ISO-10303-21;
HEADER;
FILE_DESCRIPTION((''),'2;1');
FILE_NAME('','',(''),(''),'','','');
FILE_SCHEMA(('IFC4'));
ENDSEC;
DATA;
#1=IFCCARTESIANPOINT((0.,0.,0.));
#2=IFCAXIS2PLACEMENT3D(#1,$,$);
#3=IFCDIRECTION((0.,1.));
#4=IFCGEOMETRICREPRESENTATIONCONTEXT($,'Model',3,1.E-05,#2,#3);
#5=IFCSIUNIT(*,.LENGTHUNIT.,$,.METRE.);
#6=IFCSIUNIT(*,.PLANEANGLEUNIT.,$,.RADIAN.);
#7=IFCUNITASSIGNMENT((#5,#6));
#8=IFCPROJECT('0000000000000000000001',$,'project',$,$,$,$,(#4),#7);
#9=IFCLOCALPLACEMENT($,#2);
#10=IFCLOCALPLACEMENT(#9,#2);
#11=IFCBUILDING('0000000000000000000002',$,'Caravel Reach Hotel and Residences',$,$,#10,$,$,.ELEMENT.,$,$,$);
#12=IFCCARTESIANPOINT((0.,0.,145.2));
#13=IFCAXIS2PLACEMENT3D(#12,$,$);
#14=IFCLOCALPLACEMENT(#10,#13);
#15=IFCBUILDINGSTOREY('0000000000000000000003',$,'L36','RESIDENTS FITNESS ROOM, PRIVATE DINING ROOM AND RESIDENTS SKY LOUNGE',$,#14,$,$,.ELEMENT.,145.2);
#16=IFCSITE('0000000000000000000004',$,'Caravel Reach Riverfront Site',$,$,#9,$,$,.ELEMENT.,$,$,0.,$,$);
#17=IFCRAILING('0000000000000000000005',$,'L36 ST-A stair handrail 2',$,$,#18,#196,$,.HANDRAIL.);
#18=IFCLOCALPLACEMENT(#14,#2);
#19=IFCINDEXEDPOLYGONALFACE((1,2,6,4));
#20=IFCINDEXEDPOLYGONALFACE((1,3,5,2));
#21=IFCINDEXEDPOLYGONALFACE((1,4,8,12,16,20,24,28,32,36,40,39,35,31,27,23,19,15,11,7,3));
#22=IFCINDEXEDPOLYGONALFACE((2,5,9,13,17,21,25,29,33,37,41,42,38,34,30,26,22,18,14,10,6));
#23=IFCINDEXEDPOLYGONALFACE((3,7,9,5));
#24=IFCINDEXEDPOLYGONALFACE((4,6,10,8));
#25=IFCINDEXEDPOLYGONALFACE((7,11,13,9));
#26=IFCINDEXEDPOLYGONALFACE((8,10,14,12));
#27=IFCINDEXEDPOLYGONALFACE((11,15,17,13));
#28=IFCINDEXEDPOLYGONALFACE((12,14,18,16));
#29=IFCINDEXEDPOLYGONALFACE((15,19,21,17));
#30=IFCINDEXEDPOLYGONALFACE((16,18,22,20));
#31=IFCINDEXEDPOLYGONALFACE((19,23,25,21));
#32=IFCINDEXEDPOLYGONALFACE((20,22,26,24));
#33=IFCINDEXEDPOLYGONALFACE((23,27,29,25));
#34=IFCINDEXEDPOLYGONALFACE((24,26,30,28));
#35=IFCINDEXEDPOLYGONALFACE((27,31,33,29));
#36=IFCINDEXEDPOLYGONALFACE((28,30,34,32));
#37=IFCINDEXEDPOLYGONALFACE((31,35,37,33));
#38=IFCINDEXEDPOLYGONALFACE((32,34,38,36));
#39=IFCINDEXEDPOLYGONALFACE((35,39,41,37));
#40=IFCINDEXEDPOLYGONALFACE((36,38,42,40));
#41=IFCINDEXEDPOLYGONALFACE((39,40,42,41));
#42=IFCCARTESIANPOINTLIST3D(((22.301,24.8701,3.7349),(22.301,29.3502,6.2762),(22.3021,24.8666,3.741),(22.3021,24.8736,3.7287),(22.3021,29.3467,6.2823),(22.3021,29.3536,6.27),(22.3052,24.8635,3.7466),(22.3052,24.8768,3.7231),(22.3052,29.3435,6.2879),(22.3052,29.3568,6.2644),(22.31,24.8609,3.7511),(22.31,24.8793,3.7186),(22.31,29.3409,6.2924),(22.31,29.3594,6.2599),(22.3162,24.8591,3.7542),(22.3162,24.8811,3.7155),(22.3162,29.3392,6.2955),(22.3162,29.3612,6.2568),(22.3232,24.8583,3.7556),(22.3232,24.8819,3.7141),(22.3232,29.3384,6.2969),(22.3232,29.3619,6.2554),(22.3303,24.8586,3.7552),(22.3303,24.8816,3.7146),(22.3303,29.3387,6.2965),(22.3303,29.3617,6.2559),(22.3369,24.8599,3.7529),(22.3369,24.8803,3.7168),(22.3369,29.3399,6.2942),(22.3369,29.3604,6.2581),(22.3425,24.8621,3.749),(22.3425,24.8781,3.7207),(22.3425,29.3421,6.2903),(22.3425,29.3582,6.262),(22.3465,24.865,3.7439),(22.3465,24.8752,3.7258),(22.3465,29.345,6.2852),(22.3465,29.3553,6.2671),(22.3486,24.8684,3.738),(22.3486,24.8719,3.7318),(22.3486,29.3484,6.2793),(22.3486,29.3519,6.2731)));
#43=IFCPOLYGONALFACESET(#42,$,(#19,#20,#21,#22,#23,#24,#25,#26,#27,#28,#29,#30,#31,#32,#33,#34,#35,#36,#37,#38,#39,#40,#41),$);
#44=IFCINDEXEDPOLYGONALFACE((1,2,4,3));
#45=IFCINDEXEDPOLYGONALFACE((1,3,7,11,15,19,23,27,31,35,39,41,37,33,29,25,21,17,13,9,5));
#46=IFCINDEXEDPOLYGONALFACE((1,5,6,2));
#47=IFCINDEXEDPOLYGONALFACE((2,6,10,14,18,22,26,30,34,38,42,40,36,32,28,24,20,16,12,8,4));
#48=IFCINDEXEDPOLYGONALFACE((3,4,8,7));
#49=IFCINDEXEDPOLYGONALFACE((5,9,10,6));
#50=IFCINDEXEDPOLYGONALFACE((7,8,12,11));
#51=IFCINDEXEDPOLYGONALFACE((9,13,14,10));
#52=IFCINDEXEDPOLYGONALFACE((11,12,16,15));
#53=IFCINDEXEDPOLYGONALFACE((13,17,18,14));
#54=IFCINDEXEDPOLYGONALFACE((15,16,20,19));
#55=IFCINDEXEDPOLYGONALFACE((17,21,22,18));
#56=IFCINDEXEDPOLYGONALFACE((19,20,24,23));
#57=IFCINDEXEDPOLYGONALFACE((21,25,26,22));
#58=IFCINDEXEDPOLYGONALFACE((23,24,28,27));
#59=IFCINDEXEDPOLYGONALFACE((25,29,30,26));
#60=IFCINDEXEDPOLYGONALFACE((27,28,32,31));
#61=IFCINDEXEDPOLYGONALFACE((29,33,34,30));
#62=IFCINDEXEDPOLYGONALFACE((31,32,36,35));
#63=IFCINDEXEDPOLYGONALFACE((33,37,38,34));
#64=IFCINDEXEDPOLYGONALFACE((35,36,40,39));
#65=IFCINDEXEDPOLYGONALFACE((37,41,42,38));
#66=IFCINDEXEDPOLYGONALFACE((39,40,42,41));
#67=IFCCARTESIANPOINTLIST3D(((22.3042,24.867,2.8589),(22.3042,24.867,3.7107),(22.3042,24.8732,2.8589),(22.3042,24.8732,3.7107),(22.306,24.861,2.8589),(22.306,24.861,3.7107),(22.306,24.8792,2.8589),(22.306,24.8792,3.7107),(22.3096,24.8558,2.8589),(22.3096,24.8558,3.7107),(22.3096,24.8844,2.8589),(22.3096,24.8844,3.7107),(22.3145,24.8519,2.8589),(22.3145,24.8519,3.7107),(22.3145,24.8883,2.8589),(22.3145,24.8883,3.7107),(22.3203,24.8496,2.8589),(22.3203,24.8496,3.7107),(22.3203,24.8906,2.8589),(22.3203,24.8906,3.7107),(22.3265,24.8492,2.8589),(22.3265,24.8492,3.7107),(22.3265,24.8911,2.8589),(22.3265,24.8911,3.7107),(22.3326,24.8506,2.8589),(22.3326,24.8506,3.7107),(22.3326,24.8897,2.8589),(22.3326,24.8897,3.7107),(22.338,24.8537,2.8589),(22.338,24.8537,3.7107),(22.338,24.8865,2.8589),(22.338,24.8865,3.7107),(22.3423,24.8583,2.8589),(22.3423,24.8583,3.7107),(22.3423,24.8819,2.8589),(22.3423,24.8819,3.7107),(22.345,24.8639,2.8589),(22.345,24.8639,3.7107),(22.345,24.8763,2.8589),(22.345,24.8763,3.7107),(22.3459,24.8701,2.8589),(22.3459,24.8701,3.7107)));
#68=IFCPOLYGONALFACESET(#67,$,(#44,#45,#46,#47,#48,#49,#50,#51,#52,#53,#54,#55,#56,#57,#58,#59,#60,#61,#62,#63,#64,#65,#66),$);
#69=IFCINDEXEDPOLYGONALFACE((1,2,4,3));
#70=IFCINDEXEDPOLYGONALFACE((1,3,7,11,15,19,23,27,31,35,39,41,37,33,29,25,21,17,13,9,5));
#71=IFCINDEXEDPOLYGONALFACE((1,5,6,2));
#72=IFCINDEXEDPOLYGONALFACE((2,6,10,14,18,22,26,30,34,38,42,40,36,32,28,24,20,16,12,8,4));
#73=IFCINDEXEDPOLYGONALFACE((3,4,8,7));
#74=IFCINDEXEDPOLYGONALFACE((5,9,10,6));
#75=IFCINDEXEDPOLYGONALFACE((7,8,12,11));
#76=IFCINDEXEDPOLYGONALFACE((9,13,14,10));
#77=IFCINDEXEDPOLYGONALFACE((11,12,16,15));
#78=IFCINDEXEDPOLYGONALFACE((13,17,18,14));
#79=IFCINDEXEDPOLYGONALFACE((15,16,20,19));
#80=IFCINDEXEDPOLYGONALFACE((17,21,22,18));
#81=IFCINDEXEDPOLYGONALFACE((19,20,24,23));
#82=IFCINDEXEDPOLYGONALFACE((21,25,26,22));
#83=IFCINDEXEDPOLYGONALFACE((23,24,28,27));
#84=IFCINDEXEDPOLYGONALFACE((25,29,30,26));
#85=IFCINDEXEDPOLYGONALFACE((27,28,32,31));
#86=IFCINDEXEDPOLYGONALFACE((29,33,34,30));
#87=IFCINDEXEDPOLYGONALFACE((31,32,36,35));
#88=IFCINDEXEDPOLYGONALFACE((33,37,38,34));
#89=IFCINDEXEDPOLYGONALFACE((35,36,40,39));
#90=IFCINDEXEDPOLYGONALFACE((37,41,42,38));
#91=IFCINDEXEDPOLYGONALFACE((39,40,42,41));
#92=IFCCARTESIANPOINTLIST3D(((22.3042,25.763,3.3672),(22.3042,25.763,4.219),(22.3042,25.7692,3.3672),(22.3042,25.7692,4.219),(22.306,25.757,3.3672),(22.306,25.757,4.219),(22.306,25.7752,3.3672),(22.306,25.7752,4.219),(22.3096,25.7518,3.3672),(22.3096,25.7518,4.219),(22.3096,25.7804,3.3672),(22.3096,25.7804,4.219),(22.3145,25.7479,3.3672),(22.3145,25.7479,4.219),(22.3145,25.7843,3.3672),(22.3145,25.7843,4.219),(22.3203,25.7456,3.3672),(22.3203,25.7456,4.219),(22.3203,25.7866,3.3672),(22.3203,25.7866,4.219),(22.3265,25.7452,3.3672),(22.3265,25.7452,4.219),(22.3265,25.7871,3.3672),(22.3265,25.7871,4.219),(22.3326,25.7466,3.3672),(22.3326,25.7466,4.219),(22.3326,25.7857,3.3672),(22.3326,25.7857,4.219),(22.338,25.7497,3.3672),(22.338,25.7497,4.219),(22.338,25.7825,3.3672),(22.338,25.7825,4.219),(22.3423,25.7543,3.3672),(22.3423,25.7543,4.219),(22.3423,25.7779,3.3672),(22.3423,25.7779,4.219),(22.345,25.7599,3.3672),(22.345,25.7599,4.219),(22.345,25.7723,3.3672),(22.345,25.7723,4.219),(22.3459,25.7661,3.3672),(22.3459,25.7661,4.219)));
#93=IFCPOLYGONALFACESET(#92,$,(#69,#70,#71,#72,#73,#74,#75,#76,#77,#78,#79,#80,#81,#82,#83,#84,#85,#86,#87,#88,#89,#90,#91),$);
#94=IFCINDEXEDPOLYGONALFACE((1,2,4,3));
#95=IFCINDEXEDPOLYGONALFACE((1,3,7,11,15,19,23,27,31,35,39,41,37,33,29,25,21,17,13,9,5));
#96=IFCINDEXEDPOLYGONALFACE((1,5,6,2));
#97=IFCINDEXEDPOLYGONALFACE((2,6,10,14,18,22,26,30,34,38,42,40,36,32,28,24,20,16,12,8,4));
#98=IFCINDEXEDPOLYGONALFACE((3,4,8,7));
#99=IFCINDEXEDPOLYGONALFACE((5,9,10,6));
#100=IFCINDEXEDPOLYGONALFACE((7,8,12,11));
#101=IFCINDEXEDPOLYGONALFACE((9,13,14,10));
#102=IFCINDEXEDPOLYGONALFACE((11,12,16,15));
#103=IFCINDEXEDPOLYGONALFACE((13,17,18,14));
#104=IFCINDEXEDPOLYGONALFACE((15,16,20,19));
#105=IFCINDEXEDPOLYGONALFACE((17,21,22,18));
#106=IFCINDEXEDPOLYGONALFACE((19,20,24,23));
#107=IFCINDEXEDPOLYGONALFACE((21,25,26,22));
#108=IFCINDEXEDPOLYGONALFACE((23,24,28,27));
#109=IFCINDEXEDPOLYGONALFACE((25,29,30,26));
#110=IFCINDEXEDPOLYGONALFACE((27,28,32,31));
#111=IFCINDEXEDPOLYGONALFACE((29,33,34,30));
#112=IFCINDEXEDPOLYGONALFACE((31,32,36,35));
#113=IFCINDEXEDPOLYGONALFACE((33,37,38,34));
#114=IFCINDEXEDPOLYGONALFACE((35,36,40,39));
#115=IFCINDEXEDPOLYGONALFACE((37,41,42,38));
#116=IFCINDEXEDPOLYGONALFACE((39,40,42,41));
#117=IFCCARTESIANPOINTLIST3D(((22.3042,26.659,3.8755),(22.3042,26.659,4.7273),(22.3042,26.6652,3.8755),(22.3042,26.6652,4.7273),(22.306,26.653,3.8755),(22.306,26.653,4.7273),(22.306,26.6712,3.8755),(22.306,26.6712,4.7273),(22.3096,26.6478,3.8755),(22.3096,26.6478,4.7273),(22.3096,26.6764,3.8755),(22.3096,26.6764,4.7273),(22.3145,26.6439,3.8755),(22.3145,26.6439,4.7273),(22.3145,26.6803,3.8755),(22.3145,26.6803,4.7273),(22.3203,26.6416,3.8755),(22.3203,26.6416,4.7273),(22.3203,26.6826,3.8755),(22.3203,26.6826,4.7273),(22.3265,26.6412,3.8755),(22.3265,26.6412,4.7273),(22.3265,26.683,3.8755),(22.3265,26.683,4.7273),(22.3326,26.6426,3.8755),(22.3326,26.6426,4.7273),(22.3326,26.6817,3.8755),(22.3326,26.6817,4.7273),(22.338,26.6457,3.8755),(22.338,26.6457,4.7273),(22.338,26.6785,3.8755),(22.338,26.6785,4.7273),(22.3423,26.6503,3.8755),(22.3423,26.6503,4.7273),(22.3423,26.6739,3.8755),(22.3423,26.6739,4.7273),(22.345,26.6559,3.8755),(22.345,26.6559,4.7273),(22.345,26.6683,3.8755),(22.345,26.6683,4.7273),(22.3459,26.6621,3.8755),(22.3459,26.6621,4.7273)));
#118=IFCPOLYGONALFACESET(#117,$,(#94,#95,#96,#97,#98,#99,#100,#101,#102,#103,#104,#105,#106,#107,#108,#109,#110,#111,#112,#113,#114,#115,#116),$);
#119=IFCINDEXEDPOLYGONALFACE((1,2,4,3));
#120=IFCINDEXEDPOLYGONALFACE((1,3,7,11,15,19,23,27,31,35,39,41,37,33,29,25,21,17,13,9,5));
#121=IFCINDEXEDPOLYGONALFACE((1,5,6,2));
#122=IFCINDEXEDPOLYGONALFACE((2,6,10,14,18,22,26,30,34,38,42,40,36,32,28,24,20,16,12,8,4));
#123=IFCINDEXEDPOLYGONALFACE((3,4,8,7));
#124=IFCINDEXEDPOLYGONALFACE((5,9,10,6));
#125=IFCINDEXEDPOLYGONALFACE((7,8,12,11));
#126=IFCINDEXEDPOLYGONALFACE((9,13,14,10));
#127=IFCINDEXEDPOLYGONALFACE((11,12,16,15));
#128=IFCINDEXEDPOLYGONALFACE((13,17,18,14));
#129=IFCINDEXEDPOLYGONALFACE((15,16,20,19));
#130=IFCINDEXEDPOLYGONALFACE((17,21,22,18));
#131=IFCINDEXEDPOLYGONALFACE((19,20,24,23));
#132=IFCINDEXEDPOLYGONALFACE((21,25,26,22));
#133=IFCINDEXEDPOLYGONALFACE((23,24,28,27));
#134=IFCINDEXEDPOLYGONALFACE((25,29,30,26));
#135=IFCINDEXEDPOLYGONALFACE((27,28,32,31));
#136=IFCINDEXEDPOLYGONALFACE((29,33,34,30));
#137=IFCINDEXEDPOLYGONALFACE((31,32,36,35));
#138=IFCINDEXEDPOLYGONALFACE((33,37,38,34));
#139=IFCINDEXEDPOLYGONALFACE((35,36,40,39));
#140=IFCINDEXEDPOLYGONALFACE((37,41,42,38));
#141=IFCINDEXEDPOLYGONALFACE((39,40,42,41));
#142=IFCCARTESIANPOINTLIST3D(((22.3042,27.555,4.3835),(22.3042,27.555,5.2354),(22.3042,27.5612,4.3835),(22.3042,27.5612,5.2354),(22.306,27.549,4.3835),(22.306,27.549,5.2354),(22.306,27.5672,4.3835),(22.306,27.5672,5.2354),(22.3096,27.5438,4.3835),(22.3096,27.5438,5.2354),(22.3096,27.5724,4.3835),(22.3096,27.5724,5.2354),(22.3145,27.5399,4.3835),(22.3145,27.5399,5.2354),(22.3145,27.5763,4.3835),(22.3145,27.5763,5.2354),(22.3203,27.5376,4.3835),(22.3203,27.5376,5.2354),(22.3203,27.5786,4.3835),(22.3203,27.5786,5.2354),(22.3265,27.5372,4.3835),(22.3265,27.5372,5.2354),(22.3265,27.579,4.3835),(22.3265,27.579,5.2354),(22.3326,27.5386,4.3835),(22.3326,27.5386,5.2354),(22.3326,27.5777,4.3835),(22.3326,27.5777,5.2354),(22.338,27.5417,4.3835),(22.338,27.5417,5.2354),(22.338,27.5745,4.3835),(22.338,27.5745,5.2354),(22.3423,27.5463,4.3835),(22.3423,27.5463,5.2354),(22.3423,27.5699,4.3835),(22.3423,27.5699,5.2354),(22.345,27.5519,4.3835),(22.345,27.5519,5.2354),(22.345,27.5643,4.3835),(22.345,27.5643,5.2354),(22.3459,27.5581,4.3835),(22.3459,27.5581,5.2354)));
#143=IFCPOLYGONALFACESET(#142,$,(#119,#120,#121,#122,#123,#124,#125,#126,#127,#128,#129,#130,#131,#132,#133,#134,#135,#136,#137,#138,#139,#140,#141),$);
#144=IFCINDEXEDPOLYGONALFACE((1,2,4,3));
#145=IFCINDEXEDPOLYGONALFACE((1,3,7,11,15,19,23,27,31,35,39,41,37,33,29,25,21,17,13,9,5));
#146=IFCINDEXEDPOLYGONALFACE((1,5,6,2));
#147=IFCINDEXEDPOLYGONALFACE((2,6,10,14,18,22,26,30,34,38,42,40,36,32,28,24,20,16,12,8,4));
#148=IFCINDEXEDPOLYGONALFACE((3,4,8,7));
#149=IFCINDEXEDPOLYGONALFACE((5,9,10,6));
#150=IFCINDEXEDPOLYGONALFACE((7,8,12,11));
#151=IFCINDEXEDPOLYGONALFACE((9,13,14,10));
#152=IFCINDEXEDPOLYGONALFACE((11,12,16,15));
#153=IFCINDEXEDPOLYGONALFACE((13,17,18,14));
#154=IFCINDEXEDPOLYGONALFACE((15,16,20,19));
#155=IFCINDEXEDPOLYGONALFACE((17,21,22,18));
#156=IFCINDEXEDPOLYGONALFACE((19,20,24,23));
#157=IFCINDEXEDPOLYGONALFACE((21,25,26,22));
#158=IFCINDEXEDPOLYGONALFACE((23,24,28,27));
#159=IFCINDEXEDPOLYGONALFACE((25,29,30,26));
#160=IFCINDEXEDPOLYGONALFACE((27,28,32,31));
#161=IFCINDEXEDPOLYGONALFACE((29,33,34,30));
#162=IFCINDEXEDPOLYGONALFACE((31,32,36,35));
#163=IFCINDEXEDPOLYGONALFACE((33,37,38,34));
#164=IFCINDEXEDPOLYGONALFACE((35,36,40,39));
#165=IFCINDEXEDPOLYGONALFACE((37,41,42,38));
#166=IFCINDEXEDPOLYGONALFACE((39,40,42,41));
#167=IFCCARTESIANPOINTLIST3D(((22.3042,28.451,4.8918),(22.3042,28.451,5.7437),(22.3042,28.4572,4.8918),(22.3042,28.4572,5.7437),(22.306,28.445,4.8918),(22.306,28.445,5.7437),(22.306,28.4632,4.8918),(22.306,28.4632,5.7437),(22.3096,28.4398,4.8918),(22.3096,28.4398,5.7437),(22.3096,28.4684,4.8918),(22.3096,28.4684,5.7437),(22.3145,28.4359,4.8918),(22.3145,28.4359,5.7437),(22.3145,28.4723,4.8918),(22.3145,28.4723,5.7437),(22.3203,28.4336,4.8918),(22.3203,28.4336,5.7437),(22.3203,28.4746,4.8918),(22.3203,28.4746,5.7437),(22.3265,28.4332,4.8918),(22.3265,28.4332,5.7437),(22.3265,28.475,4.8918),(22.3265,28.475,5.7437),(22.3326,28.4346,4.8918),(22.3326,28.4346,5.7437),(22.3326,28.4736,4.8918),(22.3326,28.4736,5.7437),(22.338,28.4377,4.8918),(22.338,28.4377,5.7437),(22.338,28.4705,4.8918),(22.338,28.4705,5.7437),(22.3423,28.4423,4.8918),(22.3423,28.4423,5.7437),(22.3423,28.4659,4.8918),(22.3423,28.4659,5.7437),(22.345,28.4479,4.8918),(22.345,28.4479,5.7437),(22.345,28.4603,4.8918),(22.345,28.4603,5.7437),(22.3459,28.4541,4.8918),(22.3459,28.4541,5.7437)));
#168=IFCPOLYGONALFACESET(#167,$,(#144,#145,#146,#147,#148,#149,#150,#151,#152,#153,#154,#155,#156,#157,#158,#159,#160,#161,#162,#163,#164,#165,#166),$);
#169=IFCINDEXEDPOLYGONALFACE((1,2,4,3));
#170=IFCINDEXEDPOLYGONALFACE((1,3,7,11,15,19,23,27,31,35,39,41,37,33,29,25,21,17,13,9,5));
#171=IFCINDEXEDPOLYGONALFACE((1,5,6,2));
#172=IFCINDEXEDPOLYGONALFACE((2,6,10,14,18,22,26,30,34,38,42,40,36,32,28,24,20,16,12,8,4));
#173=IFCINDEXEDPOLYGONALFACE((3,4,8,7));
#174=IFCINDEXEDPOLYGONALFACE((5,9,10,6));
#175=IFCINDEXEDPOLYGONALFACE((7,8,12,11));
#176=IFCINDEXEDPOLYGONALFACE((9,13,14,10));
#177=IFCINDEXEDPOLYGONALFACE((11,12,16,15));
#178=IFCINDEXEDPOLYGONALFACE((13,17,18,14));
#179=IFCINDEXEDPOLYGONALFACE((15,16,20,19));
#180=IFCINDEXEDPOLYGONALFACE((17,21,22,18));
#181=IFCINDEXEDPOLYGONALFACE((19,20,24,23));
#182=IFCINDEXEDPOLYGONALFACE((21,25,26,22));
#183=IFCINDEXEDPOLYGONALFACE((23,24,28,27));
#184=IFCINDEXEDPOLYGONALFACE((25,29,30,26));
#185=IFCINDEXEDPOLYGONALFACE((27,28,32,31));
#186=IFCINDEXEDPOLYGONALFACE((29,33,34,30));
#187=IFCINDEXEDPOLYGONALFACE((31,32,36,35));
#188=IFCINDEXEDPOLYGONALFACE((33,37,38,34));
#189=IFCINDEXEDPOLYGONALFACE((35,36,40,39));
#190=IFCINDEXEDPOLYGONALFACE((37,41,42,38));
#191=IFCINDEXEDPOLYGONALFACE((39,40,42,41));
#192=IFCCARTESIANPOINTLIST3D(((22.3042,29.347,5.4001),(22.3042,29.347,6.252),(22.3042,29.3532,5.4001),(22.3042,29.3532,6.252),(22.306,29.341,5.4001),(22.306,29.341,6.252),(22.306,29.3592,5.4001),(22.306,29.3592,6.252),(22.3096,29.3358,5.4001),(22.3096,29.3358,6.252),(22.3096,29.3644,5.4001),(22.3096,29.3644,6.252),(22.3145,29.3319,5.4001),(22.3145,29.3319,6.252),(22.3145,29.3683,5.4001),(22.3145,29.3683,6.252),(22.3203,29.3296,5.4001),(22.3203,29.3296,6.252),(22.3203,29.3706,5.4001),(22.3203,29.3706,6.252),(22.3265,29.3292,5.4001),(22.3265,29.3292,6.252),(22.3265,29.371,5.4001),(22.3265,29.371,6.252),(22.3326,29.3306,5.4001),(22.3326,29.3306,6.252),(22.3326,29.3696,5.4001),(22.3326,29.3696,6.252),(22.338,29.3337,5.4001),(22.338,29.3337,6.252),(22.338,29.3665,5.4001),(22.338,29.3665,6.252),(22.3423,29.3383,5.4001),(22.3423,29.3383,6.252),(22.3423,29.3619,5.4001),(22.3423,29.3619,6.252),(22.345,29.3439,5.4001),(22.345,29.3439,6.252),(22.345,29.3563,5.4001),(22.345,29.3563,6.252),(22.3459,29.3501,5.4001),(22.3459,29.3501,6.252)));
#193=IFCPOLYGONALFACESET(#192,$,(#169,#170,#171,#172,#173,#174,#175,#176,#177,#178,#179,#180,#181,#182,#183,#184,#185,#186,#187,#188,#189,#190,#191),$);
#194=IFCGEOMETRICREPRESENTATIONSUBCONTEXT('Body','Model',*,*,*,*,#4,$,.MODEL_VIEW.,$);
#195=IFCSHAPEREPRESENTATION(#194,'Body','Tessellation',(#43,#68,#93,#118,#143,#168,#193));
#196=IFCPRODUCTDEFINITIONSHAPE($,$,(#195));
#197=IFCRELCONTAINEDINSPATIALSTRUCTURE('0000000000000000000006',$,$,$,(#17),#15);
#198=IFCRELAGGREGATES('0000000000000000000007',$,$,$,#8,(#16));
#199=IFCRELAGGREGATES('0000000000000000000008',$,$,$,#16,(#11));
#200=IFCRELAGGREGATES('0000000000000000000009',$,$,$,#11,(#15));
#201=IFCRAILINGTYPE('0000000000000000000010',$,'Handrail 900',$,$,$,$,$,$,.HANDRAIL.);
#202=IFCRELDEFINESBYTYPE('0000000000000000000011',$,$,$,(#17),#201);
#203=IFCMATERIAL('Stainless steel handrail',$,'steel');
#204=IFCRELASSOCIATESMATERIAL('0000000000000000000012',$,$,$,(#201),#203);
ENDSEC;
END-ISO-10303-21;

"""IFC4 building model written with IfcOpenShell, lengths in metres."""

from ifc_helpers import new_model, si_unit, direction, frame, origin, origin_2d, place, context, subcontext, project, spatial, circle, extrude, material, type_object, element, save


model = new_model("IFC4")

# Units and contexts
model_context = context("Model", 3, precision=1e-05, world=origin(), true_north=direction((0.0, 1.0)))
body_context = subcontext(model_context, "Body", "Model", "MODEL_VIEW")
ifc_project = project(units=[si_unit("LENGTHUNIT", "METRE"), si_unit("PLANEANGLEUNIT", "RADIAN")], contexts=[model_context])

# Site, building, storey
site_placement = place(None, origin())
site = spatial("IfcSite", under=ifc_project, at=site_placement, Name="Caravel Reach Riverfront Site", CompositionType="ELEMENT", RefElevation=0.0)
building_placement = place(site_placement, origin())
building = spatial("IfcBuilding", under=site, at=building_placement, Name="Caravel Reach Hotel and Residences", CompositionType="ELEMENT")
storey_placement = place(building_placement, frame((0.0, 0.0, 145.2)))
storey = spatial("IfcBuildingStorey", under=building, at=storey_placement, Name="L36", Description="RESIDENTS FITNESS ROOM, PRIVATE DINING ROOM AND RESIDENTS SKY LOUNGE", CompositionType="ELEMENT", Elevation=145.2)

# Railing
ifc_material_1 = material(Name="Stainless steel handrail", Category="steel")
railing_type = type_object("IfcRailingType", Name="Handrail 900", PredefinedType="HANDRAIL", material=ifc_material_1)
railing_placement = place(storey_placement, frame((22.325, 24.8701, 2.8589)))
element("IfcRailing", 1, at=railing_placement, inside=storey, type_object=railing_type, Name="L36 ST-A stair handrail 2", PredefinedType="HANDRAIL", context=body_context, shape_type="SweptSolid", body=[
    extrude(circle(Radius=0.0239, at=origin_2d()), frame((0.0, 0.0, 0.876), z_axis=(0.0, 0.869805, 0.493395), x_axis=(-1.0, 0.0, 0.0)), (0.0, 0.0, 1.0), 5.1506),
    extrude(circle(Radius=0.021, at=origin_2d()), origin(), (0.0, 0.0, 1.0), 0.8518),
    extrude(circle(Radius=0.021, at=origin_2d()), frame((0.0, 0.896, 0.5083)), (0.0, 0.0, 1.0), 0.8518),
    extrude(circle(Radius=0.021, at=origin_2d()), frame((0.0, 1.792, 1.0166)), (0.0, 0.0, 1.0), 0.8518),
    extrude(circle(Radius=0.021, at=origin_2d()), frame((0.0, 2.688, 1.5247)), (0.0, 0.0, 1.0), 0.8518),
    extrude(circle(Radius=0.021, at=origin_2d()), frame((0.0, 3.584, 2.033)), (0.0, 0.0, 1.0), 0.8518),
    extrude(circle(Radius=0.021, at=origin_2d()), frame((0.0, 4.48, 2.5413)), (0.0, 0.0, 1.0), 0.8518),
])

save(model, "model.ifc")
